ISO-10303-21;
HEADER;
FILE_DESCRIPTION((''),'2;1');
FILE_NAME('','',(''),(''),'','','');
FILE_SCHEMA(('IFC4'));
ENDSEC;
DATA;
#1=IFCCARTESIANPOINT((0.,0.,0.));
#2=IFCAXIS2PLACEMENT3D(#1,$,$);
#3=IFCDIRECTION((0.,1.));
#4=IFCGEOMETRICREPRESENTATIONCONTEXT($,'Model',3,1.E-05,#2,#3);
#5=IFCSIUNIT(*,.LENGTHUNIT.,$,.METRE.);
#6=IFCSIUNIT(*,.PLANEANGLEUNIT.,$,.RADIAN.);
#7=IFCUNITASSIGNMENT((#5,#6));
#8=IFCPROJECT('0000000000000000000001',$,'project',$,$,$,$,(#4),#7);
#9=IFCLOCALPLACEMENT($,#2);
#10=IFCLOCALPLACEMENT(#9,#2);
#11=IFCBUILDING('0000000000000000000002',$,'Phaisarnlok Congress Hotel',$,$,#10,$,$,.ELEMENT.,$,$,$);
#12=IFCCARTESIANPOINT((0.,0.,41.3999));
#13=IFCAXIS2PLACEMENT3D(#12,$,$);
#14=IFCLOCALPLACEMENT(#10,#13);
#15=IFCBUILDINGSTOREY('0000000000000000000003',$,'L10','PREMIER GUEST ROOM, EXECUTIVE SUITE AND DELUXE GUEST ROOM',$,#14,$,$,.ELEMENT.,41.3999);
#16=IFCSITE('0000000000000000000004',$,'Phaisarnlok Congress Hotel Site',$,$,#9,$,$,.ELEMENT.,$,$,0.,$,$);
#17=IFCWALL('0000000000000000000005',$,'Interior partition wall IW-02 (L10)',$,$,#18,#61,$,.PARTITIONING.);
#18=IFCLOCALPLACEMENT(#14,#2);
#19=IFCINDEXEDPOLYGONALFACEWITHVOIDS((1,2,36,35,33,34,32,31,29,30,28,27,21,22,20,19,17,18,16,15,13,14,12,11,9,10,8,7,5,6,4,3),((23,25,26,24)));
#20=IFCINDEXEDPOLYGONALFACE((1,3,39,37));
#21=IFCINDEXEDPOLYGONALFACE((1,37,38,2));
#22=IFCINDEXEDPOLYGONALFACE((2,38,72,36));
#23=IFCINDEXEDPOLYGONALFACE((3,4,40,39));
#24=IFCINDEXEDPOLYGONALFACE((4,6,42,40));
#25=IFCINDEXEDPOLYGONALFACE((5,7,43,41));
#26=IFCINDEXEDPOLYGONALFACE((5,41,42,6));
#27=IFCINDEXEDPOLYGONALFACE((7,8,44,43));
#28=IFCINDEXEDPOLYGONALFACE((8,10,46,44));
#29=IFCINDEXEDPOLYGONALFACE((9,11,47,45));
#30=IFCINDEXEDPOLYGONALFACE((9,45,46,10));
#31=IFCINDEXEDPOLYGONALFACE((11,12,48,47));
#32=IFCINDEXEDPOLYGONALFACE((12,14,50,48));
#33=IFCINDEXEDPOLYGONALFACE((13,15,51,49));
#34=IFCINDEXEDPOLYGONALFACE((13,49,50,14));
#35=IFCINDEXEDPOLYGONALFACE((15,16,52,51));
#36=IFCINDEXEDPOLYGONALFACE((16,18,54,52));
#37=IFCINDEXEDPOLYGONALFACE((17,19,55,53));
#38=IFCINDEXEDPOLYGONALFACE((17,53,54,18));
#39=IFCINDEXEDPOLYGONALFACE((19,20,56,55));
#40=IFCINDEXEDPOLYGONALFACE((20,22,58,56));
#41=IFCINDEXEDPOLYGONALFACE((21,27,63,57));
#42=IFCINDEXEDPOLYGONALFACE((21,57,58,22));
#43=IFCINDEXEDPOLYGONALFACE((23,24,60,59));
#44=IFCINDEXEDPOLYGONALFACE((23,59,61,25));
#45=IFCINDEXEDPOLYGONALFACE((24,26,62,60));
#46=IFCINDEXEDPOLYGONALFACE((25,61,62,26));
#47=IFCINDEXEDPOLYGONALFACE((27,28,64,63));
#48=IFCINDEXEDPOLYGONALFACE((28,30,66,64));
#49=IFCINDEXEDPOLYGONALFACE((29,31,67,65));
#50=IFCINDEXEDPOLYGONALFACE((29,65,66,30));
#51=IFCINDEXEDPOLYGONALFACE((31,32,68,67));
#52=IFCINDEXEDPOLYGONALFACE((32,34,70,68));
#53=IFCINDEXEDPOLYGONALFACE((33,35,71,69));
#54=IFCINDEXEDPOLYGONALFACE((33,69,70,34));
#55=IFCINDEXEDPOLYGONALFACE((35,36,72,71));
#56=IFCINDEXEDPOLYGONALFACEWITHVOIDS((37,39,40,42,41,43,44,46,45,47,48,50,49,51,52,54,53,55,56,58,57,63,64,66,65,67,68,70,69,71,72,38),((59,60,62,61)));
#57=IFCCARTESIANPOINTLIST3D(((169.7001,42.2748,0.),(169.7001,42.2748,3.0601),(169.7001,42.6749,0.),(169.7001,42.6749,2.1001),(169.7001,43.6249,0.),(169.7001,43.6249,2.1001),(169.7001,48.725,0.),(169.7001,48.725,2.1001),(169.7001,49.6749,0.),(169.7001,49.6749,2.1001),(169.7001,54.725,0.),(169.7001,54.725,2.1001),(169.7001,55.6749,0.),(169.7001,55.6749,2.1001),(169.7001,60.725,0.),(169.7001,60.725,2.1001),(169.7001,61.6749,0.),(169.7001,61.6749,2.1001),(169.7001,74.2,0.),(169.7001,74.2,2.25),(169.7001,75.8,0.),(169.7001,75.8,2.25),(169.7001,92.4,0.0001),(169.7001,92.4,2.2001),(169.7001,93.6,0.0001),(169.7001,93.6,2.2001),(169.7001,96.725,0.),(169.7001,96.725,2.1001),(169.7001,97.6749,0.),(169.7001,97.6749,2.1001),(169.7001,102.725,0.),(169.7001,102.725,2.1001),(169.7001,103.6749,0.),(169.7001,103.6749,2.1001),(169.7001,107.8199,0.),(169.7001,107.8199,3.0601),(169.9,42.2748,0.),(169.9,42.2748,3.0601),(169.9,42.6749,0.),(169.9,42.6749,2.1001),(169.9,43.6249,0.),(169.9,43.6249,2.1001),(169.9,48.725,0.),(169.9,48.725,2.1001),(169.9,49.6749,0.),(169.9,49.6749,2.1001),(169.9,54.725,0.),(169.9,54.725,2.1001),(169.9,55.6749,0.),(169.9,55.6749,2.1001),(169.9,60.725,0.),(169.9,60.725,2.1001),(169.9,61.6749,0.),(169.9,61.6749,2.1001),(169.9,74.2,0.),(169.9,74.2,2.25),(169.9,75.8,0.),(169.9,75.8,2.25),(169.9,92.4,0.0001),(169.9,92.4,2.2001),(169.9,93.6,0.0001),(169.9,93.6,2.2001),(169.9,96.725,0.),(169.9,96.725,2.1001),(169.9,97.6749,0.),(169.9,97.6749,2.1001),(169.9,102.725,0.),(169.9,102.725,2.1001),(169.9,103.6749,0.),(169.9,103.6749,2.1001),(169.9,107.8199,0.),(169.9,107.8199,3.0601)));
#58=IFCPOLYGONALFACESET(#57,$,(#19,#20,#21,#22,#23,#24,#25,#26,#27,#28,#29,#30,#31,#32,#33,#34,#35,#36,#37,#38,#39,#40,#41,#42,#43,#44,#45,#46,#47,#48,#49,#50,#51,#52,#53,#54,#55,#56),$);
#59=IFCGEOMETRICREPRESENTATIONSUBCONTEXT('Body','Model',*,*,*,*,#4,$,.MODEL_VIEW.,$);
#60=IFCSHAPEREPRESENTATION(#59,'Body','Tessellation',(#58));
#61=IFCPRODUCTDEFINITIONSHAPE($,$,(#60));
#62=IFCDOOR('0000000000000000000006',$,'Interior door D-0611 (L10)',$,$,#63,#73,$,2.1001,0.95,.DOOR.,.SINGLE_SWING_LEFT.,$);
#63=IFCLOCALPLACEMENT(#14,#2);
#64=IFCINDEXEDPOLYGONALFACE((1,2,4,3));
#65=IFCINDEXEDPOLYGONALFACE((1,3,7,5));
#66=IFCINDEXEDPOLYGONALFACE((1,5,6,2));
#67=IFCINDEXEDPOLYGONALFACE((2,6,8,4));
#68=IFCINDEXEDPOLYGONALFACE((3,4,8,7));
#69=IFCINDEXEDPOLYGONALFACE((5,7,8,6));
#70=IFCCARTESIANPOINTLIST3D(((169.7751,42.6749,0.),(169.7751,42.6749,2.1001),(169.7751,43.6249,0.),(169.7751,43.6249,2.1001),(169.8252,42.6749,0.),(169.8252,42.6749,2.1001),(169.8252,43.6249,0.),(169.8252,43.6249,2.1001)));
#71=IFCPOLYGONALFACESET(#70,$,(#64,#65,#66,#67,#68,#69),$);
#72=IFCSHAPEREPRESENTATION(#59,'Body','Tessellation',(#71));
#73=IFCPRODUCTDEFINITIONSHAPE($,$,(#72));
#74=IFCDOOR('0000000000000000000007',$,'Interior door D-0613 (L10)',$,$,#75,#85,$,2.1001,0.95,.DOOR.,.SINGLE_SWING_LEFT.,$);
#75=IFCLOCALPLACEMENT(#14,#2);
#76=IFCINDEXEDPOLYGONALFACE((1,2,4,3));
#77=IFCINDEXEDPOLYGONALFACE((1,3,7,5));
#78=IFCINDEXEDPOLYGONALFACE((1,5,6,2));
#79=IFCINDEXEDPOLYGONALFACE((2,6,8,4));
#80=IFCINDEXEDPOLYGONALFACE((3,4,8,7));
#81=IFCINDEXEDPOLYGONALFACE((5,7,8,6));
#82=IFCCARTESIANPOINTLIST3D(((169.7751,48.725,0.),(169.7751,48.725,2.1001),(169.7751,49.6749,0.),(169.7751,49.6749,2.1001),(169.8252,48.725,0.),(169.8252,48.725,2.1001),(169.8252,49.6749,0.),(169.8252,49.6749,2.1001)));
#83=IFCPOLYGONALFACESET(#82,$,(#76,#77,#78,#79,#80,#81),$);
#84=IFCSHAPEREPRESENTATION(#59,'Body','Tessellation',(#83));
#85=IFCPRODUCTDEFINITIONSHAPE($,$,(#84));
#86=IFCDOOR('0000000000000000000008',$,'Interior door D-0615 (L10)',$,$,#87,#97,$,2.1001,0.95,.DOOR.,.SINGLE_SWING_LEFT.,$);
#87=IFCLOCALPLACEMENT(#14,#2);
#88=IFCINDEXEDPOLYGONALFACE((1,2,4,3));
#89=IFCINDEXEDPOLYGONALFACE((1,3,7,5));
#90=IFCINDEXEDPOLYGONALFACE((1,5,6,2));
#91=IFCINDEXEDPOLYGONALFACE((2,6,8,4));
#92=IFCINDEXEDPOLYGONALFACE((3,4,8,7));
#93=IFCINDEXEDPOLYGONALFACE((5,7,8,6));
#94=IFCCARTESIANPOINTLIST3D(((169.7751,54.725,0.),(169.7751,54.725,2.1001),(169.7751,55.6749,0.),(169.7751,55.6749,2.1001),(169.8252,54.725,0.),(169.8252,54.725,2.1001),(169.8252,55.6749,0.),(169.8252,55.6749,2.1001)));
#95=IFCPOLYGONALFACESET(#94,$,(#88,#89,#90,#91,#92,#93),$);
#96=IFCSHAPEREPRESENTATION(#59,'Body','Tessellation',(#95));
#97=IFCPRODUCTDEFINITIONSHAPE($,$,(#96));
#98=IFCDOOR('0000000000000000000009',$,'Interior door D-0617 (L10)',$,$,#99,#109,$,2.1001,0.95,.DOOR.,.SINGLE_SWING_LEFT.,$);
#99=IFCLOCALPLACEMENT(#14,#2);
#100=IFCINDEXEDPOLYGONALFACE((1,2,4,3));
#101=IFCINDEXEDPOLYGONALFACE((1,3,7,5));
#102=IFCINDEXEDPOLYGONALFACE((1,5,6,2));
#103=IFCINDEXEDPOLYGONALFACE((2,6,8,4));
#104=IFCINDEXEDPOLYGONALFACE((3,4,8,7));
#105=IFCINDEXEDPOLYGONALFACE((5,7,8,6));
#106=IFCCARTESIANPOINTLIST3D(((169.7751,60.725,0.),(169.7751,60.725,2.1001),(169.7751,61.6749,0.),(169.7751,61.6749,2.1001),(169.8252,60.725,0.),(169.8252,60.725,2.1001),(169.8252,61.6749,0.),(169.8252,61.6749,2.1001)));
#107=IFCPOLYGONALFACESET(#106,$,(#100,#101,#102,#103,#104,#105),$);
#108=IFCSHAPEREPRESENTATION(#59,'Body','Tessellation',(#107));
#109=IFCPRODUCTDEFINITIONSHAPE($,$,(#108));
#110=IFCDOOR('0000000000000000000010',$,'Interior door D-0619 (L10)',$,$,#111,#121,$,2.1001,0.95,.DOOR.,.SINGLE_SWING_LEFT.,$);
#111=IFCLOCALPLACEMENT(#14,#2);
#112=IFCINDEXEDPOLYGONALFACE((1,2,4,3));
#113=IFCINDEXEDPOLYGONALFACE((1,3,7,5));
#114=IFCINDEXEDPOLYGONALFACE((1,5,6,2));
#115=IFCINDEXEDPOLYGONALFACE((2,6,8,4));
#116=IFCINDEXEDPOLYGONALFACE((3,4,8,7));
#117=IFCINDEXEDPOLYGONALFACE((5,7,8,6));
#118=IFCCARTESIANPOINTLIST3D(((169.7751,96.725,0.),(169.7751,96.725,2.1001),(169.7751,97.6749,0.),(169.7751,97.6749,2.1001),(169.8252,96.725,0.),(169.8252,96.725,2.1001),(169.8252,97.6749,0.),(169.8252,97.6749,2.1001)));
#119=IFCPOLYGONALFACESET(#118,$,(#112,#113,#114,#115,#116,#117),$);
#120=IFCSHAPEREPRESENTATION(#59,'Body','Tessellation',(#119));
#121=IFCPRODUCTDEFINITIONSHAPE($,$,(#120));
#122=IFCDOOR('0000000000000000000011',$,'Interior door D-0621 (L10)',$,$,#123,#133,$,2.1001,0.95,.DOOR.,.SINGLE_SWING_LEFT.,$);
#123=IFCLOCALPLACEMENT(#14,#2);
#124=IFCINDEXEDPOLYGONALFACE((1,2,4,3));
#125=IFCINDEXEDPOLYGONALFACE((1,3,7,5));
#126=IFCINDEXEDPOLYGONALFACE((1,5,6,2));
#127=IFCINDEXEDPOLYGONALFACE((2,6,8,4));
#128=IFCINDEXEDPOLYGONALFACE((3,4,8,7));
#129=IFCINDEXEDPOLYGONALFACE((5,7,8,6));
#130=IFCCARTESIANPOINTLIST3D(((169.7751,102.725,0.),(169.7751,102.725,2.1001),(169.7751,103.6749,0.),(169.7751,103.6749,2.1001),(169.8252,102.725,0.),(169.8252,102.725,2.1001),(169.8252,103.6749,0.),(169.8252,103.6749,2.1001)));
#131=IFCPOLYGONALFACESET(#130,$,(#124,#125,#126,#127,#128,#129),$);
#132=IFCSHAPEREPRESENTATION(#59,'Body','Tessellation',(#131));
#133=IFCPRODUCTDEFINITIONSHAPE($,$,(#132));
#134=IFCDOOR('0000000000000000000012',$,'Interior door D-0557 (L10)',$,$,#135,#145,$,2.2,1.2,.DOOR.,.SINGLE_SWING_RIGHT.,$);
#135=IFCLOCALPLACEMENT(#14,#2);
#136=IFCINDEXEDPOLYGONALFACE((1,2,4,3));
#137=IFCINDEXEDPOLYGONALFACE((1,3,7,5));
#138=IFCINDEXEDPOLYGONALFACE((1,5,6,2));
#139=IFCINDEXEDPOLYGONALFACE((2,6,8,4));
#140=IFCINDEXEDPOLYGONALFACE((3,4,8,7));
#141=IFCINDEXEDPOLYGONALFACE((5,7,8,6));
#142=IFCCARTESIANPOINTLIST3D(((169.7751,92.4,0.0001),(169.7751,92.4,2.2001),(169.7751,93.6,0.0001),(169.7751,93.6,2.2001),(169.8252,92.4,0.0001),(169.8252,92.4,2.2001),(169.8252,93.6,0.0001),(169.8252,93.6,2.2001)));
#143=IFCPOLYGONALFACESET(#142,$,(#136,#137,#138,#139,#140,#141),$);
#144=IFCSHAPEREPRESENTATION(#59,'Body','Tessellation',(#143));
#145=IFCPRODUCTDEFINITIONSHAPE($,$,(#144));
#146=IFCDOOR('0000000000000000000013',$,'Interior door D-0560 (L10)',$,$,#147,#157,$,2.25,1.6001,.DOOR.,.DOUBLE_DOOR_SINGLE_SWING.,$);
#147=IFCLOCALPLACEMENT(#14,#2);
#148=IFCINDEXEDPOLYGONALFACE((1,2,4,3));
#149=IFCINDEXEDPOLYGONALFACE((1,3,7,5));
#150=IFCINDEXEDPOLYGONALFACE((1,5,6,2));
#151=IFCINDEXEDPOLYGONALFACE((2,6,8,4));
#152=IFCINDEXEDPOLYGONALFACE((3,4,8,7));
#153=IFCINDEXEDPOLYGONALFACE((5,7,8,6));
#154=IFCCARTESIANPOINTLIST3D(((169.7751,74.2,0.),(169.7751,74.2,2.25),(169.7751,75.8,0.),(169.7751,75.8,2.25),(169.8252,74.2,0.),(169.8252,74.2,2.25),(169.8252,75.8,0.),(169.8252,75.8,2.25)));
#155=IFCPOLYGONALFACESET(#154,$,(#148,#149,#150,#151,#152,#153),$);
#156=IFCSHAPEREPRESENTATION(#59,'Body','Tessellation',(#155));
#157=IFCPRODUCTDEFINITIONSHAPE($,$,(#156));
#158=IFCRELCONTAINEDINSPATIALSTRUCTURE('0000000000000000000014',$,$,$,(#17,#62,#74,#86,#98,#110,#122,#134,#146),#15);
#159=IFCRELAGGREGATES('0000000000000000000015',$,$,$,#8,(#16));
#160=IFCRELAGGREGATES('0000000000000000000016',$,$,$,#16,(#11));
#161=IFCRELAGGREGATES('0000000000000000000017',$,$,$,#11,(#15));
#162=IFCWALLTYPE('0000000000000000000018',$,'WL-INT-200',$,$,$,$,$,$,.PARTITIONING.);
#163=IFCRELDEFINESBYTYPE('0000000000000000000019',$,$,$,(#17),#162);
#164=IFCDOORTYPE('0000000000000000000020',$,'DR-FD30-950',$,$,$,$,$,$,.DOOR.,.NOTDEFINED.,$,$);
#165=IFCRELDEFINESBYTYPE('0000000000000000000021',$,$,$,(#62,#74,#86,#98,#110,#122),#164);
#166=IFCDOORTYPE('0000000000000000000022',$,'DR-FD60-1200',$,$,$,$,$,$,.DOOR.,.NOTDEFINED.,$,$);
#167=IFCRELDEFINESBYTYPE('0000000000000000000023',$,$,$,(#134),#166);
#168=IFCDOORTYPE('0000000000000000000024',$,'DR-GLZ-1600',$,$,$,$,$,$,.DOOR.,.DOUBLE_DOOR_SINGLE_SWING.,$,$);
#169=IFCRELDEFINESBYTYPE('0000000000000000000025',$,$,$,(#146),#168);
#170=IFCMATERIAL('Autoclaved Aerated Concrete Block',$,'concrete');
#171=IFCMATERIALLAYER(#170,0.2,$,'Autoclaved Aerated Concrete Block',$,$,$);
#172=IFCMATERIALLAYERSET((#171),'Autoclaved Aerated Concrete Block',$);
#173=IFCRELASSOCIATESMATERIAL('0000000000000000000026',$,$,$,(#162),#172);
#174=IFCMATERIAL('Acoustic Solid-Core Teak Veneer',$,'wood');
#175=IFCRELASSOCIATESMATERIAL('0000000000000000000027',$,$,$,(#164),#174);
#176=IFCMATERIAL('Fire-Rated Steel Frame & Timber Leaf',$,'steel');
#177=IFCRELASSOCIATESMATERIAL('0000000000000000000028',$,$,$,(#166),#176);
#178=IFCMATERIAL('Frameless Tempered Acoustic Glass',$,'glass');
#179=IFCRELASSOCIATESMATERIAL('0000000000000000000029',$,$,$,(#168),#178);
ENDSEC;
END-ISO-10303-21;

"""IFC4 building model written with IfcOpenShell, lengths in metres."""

from ifc_helpers import new_model, si_unit, direction, frame, frame_2d, origin, place, context, subcontext, project, spatial, rectangle, extrude, material, layer, layer_set, type_object, element, fill, save


model = new_model("IFC4")

# Units and contexts
model_context = context("Model", 3, precision=1e-05, world=origin(), true_north=direction((0.0, 1.0)))
body_context = subcontext(model_context, "Body", "Model", "MODEL_VIEW")
ifc_project = project(units=[si_unit("LENGTHUNIT", "METRE"), si_unit("PLANEANGLEUNIT", "RADIAN")], contexts=[model_context])

# Site, building, storey
site_placement = place(None, origin())
site = spatial("IfcSite", under=ifc_project, at=site_placement, Name="Phaisarnlok Congress Hotel Site", CompositionType="ELEMENT", RefElevation=0.0)
building_placement = place(site_placement, origin())
building = spatial("IfcBuilding", under=site, at=building_placement, Name="Phaisarnlok Congress Hotel", CompositionType="ELEMENT")
storey_placement = place(building_placement, frame((0.0, 0.0, 41.3999)))
storey = spatial("IfcBuildingStorey", under=building, at=storey_placement, Name="L10", Description="PREMIER GUEST ROOM, EXECUTIVE SUITE AND DELUXE GUEST ROOM", CompositionType="ELEMENT", Elevation=41.3999)

# Wall, openings, doors
ifc_material_1 = material(Name="Autoclaved Aerated Concrete Block", Category="concrete")
ifc_layer = layer(ifc_material_1, 0.2, Name="Autoclaved Aerated Concrete Block")
ifc_layer_set = layer_set([ifc_layer], Name="Autoclaved Aerated Concrete Block")
wall_type = type_object("IfcWallType", Name="WL-INT-200", PredefinedType="PARTITIONING", material=ifc_layer_set)
wall_placement = place(storey_placement, frame((169.8, 42.2749, 0.0), z_axis=(0.0, 0.0, 1.0), x_axis=(0.0, 1.0, 0.0)))
wall = element("IfcWall", 1, at=wall_placement, inside=storey, type_object=wall_type, Name="Interior partition wall IW-02 (L10)", PredefinedType="PARTITIONING", context=body_context, shape_type="SweptSolid", body=[
    extrude(rectangle(XDim=65.5452, YDim=0.2, at=frame_2d((32.7725, 0.0))), origin(), (0.0, 0.0, 1.0), 3.0601),
])
opening_1_placement = place(wall_placement, frame((50.125, 0.0, 0.0)))
opening_1 = element("IfcOpeningElement", 2, at=opening_1_placement, cuts=wall, PredefinedType="OPENING", context=body_context, shape_type="SweptSolid", body=[
    extrude(rectangle(XDim=1.2, YDim=2.2, at=frame_2d((0.6001, 1.1001))), frame((0.0, 0.1099, 0.0), z_axis=(0.0, -1.0, 0.0), x_axis=(1.0, 0.0, 0.0)), (0.0, 0.0, 1.0), 0.22),
])
opening_2_placement = place(wall_placement, frame((31.925, 0.0, 0.0)))
opening_2 = element("IfcOpeningElement", 3, at=opening_2_placement, cuts=wall, PredefinedType="OPENING", context=body_context, shape_type="SweptSolid", body=[
    extrude(rectangle(XDim=1.6001, YDim=2.25, at=frame_2d((0.8, 1.125))), frame((0.0, 0.1099, 0.0), z_axis=(0.0, -1.0, 0.0), x_axis=(1.0, 0.0, 0.0)), (0.0, 0.0, 1.0), 0.22),
])
opening_3_placement = place(wall_placement, frame((0.3999, 0.0, 0.0)))
opening_3 = element("IfcOpeningElement", 4, at=opening_3_placement, cuts=wall, PredefinedType="OPENING", context=body_context, shape_type="SweptSolid", body=[
    extrude(rectangle(XDim=0.95, YDim=2.1001, at=frame_2d((0.4751, 1.05))), frame((0.0, 0.1099, 0.0), z_axis=(0.0, -1.0, 0.0), x_axis=(1.0, 0.0, 0.0)), (0.0, 0.0, 1.0), 0.22),
])
opening_4_placement = place(wall_placement, frame((6.45, 0.0, 0.0)))
opening_4 = element("IfcOpeningElement", 5, at=opening_4_placement, cuts=wall, PredefinedType="OPENING", context=body_context, shape_type="SweptSolid", body=[
    extrude(rectangle(XDim=0.95, YDim=2.1001, at=frame_2d((0.4751, 1.05))), frame((0.0, 0.1099, 0.0), z_axis=(0.0, -1.0, 0.0), x_axis=(1.0, 0.0, 0.0)), (0.0, 0.0, 1.0), 0.22),
])
opening_5_placement = place(wall_placement, frame((12.45, 0.0, 0.0)))
opening_5 = element("IfcOpeningElement", 6, at=opening_5_placement, cuts=wall, PredefinedType="OPENING", context=body_context, shape_type="SweptSolid", body=[
    extrude(rectangle(XDim=0.95, YDim=2.1001, at=frame_2d((0.4751, 1.05))), frame((0.0, 0.1099, 0.0), z_axis=(0.0, -1.0, 0.0), x_axis=(1.0, 0.0, 0.0)), (0.0, 0.0, 1.0), 0.22),
])
opening_6_placement = place(wall_placement, frame((18.45, 0.0, 0.0)))
opening_6 = element("IfcOpeningElement", 7, at=opening_6_placement, cuts=wall, PredefinedType="OPENING", context=body_context, shape_type="SweptSolid", body=[
    extrude(rectangle(XDim=0.95, YDim=2.1001, at=frame_2d((0.4751, 1.05))), frame((0.0, 0.1099, 0.0), z_axis=(0.0, -1.0, 0.0), x_axis=(1.0, 0.0, 0.0)), (0.0, 0.0, 1.0), 0.22),
])
opening_7_placement = place(wall_placement, frame((54.45, 0.0, 0.0)))
opening_7 = element("IfcOpeningElement", 8, at=opening_7_placement, cuts=wall, PredefinedType="OPENING", context=body_context, shape_type="SweptSolid", body=[
    extrude(rectangle(XDim=0.95, YDim=2.1001, at=frame_2d((0.4751, 1.05))), frame((0.0, 0.1099, 0.0), z_axis=(0.0, -1.0, 0.0), x_axis=(1.0, 0.0, 0.0)), (0.0, 0.0, 1.0), 0.22),
])
opening_8_placement = place(wall_placement, frame((60.45, 0.0, 0.0)))
opening_8 = element("IfcOpeningElement", 9, at=opening_8_placement, cuts=wall, PredefinedType="OPENING", context=body_context, shape_type="SweptSolid", body=[
    extrude(rectangle(XDim=0.95, YDim=2.1001, at=frame_2d((0.4751, 1.05))), frame((0.0, 0.1099, 0.0), z_axis=(0.0, -1.0, 0.0), x_axis=(1.0, 0.0, 0.0)), (0.0, 0.0, 1.0), 0.22),
])
ifc_material_2 = material(Name="Acoustic Solid-Core Teak Veneer", Category="wood")
door_type_1 = type_object("IfcDoorType", Name="DR-FD30-950", OperationType="NOTDEFINED", PredefinedType="DOOR", material=ifc_material_2)
door_1_placement = place(opening_3_placement, origin())
door_1 = element("IfcDoor", 10, at=door_1_placement, inside=storey, type_object=door_type_1, Name="Interior door D-0611 (L10)", OperationType="SINGLE_SWING_LEFT", OverallHeight=2.1001, OverallWidth=0.95, PredefinedType="DOOR", context=body_context, shape_type="SweptSolid", body=[
    extrude(rectangle(XDim=0.95, YDim=2.1001, at=frame_2d((0.4751, 1.05))), frame((0.0, 0.0249, 0.0), z_axis=(0.0, -1.0, 0.0), x_axis=(1.0, 0.0, 0.0)), (0.0, 0.0, 1.0), 0.05),
])
fill(opening_3, door_1)
door_2_placement = place(opening_4_placement, origin())
door_2 = element("IfcDoor", 11, at=door_2_placement, inside=storey, type_object=door_type_1, Name="Interior door D-0613 (L10)", OperationType="SINGLE_SWING_LEFT", OverallHeight=2.1001, OverallWidth=0.95, PredefinedType="DOOR", context=body_context, shape_type="SweptSolid", body=[
    extrude(rectangle(XDim=0.95, YDim=2.1001, at=frame_2d((0.4751, 1.05))), frame((0.0, 0.0249, 0.0), z_axis=(0.0, -1.0, 0.0), x_axis=(1.0, 0.0, 0.0)), (0.0, 0.0, 1.0), 0.05),
])
fill(opening_4, door_2)
door_3_placement = place(opening_5_placement, origin())
door_3 = element("IfcDoor", 12, at=door_3_placement, inside=storey, type_object=door_type_1, Name="Interior door D-0615 (L10)", OperationType="SINGLE_SWING_LEFT", OverallHeight=2.1001, OverallWidth=0.95, PredefinedType="DOOR", context=body_context, shape_type="SweptSolid", body=[
    extrude(rectangle(XDim=0.95, YDim=2.1001, at=frame_2d((0.4751, 1.05))), frame((0.0, 0.0249, 0.0), z_axis=(0.0, -1.0, 0.0), x_axis=(1.0, 0.0, 0.0)), (0.0, 0.0, 1.0), 0.05),
])
fill(opening_5, door_3)
door_4_placement = place(opening_6_placement, origin())
door_4 = element("IfcDoor", 13, at=door_4_placement, inside=storey, type_object=door_type_1, Name="Interior door D-0617 (L10)", OperationType="SINGLE_SWING_LEFT", OverallHeight=2.1001, OverallWidth=0.95, PredefinedType="DOOR", context=body_context, shape_type="SweptSolid", body=[
    extrude(rectangle(XDim=0.95, YDim=2.1001, at=frame_2d((0.4751, 1.05))), frame((0.0, 0.0249, 0.0), z_axis=(0.0, -1.0, 0.0), x_axis=(1.0, 0.0, 0.0)), (0.0, 0.0, 1.0), 0.05),
])
fill(opening_6, door_4)
door_5_placement = place(opening_7_placement, origin())
door_5 = element("IfcDoor", 14, at=door_5_placement, inside=storey, type_object=door_type_1, Name="Interior door D-0619 (L10)", OperationType="SINGLE_SWING_LEFT", OverallHeight=2.1001, OverallWidth=0.95, PredefinedType="DOOR", context=body_context, shape_type="SweptSolid", body=[
    extrude(rectangle(XDim=0.95, YDim=2.1001, at=frame_2d((0.4751, 1.05))), frame((0.0, 0.0249, 0.0), z_axis=(0.0, -1.0, 0.0), x_axis=(1.0, 0.0, 0.0)), (0.0, 0.0, 1.0), 0.05),
])
fill(opening_7, door_5)
door_6_placement = place(opening_8_placement, origin())
door_6 = element("IfcDoor", 15, at=door_6_placement, inside=storey, type_object=door_type_1, Name="Interior door D-0621 (L10)", OperationType="SINGLE_SWING_LEFT", OverallHeight=2.1001, OverallWidth=0.95, PredefinedType="DOOR", context=body_context, shape_type="SweptSolid", body=[
    extrude(rectangle(XDim=0.95, YDim=2.1001, at=frame_2d((0.4751, 1.05))), frame((0.0, 0.0249, 0.0), z_axis=(0.0, -1.0, 0.0), x_axis=(1.0, 0.0, 0.0)), (0.0, 0.0, 1.0), 0.05),
])
fill(opening_8, door_6)
ifc_material_3 = material(Name="Fire-Rated Steel Frame & Timber Leaf", Category="steel")
door_type_2 = type_object("IfcDoorType", Name="DR-FD60-1200", OperationType="NOTDEFINED", PredefinedType="DOOR", material=ifc_material_3)
door_7_placement = place(opening_1_placement, origin())
door_7 = element("IfcDoor", 16, at=door_7_placement, inside=storey, type_object=door_type_2, Name="Interior door D-0557 (L10)", OperationType="SINGLE_SWING_RIGHT", OverallHeight=2.2, OverallWidth=1.2, PredefinedType="DOOR", context=body_context, shape_type="SweptSolid", body=[
    extrude(rectangle(XDim=1.2, YDim=2.2, at=frame_2d((0.6001, 1.1001))), frame((0.0, 0.0249, 0.0), z_axis=(0.0, -1.0, 0.0), x_axis=(1.0, 0.0, 0.0)), (0.0, 0.0, 1.0), 0.05),
])
fill(opening_1, door_7)
ifc_material_4 = material(Name="Frameless Tempered Acoustic Glass", Category="glass")
door_type_3 = type_object("IfcDoorType", Name="DR-GLZ-1600", OperationType="DOUBLE_DOOR_SINGLE_SWING", PredefinedType="DOOR", material=ifc_material_4)
door_8_placement = place(opening_2_placement, origin())
door_8 = element("IfcDoor", 17, at=door_8_placement, inside=storey, type_object=door_type_3, Name="Interior door D-0560 (L10)", OperationType="DOUBLE_DOOR_SINGLE_SWING", OverallHeight=2.25, OverallWidth=1.6001, PredefinedType="DOOR", context=body_context, shape_type="SweptSolid", body=[
    extrude(rectangle(XDim=1.6001, YDim=2.25, at=frame_2d((0.8, 1.125))), frame((0.0, 0.0249, 0.0), z_axis=(0.0, -1.0, 0.0), x_axis=(1.0, 0.0, 0.0)), (0.0, 0.0, 1.0), 0.05),
])
fill(opening_2, door_8)

save(model, "model.ifc")
